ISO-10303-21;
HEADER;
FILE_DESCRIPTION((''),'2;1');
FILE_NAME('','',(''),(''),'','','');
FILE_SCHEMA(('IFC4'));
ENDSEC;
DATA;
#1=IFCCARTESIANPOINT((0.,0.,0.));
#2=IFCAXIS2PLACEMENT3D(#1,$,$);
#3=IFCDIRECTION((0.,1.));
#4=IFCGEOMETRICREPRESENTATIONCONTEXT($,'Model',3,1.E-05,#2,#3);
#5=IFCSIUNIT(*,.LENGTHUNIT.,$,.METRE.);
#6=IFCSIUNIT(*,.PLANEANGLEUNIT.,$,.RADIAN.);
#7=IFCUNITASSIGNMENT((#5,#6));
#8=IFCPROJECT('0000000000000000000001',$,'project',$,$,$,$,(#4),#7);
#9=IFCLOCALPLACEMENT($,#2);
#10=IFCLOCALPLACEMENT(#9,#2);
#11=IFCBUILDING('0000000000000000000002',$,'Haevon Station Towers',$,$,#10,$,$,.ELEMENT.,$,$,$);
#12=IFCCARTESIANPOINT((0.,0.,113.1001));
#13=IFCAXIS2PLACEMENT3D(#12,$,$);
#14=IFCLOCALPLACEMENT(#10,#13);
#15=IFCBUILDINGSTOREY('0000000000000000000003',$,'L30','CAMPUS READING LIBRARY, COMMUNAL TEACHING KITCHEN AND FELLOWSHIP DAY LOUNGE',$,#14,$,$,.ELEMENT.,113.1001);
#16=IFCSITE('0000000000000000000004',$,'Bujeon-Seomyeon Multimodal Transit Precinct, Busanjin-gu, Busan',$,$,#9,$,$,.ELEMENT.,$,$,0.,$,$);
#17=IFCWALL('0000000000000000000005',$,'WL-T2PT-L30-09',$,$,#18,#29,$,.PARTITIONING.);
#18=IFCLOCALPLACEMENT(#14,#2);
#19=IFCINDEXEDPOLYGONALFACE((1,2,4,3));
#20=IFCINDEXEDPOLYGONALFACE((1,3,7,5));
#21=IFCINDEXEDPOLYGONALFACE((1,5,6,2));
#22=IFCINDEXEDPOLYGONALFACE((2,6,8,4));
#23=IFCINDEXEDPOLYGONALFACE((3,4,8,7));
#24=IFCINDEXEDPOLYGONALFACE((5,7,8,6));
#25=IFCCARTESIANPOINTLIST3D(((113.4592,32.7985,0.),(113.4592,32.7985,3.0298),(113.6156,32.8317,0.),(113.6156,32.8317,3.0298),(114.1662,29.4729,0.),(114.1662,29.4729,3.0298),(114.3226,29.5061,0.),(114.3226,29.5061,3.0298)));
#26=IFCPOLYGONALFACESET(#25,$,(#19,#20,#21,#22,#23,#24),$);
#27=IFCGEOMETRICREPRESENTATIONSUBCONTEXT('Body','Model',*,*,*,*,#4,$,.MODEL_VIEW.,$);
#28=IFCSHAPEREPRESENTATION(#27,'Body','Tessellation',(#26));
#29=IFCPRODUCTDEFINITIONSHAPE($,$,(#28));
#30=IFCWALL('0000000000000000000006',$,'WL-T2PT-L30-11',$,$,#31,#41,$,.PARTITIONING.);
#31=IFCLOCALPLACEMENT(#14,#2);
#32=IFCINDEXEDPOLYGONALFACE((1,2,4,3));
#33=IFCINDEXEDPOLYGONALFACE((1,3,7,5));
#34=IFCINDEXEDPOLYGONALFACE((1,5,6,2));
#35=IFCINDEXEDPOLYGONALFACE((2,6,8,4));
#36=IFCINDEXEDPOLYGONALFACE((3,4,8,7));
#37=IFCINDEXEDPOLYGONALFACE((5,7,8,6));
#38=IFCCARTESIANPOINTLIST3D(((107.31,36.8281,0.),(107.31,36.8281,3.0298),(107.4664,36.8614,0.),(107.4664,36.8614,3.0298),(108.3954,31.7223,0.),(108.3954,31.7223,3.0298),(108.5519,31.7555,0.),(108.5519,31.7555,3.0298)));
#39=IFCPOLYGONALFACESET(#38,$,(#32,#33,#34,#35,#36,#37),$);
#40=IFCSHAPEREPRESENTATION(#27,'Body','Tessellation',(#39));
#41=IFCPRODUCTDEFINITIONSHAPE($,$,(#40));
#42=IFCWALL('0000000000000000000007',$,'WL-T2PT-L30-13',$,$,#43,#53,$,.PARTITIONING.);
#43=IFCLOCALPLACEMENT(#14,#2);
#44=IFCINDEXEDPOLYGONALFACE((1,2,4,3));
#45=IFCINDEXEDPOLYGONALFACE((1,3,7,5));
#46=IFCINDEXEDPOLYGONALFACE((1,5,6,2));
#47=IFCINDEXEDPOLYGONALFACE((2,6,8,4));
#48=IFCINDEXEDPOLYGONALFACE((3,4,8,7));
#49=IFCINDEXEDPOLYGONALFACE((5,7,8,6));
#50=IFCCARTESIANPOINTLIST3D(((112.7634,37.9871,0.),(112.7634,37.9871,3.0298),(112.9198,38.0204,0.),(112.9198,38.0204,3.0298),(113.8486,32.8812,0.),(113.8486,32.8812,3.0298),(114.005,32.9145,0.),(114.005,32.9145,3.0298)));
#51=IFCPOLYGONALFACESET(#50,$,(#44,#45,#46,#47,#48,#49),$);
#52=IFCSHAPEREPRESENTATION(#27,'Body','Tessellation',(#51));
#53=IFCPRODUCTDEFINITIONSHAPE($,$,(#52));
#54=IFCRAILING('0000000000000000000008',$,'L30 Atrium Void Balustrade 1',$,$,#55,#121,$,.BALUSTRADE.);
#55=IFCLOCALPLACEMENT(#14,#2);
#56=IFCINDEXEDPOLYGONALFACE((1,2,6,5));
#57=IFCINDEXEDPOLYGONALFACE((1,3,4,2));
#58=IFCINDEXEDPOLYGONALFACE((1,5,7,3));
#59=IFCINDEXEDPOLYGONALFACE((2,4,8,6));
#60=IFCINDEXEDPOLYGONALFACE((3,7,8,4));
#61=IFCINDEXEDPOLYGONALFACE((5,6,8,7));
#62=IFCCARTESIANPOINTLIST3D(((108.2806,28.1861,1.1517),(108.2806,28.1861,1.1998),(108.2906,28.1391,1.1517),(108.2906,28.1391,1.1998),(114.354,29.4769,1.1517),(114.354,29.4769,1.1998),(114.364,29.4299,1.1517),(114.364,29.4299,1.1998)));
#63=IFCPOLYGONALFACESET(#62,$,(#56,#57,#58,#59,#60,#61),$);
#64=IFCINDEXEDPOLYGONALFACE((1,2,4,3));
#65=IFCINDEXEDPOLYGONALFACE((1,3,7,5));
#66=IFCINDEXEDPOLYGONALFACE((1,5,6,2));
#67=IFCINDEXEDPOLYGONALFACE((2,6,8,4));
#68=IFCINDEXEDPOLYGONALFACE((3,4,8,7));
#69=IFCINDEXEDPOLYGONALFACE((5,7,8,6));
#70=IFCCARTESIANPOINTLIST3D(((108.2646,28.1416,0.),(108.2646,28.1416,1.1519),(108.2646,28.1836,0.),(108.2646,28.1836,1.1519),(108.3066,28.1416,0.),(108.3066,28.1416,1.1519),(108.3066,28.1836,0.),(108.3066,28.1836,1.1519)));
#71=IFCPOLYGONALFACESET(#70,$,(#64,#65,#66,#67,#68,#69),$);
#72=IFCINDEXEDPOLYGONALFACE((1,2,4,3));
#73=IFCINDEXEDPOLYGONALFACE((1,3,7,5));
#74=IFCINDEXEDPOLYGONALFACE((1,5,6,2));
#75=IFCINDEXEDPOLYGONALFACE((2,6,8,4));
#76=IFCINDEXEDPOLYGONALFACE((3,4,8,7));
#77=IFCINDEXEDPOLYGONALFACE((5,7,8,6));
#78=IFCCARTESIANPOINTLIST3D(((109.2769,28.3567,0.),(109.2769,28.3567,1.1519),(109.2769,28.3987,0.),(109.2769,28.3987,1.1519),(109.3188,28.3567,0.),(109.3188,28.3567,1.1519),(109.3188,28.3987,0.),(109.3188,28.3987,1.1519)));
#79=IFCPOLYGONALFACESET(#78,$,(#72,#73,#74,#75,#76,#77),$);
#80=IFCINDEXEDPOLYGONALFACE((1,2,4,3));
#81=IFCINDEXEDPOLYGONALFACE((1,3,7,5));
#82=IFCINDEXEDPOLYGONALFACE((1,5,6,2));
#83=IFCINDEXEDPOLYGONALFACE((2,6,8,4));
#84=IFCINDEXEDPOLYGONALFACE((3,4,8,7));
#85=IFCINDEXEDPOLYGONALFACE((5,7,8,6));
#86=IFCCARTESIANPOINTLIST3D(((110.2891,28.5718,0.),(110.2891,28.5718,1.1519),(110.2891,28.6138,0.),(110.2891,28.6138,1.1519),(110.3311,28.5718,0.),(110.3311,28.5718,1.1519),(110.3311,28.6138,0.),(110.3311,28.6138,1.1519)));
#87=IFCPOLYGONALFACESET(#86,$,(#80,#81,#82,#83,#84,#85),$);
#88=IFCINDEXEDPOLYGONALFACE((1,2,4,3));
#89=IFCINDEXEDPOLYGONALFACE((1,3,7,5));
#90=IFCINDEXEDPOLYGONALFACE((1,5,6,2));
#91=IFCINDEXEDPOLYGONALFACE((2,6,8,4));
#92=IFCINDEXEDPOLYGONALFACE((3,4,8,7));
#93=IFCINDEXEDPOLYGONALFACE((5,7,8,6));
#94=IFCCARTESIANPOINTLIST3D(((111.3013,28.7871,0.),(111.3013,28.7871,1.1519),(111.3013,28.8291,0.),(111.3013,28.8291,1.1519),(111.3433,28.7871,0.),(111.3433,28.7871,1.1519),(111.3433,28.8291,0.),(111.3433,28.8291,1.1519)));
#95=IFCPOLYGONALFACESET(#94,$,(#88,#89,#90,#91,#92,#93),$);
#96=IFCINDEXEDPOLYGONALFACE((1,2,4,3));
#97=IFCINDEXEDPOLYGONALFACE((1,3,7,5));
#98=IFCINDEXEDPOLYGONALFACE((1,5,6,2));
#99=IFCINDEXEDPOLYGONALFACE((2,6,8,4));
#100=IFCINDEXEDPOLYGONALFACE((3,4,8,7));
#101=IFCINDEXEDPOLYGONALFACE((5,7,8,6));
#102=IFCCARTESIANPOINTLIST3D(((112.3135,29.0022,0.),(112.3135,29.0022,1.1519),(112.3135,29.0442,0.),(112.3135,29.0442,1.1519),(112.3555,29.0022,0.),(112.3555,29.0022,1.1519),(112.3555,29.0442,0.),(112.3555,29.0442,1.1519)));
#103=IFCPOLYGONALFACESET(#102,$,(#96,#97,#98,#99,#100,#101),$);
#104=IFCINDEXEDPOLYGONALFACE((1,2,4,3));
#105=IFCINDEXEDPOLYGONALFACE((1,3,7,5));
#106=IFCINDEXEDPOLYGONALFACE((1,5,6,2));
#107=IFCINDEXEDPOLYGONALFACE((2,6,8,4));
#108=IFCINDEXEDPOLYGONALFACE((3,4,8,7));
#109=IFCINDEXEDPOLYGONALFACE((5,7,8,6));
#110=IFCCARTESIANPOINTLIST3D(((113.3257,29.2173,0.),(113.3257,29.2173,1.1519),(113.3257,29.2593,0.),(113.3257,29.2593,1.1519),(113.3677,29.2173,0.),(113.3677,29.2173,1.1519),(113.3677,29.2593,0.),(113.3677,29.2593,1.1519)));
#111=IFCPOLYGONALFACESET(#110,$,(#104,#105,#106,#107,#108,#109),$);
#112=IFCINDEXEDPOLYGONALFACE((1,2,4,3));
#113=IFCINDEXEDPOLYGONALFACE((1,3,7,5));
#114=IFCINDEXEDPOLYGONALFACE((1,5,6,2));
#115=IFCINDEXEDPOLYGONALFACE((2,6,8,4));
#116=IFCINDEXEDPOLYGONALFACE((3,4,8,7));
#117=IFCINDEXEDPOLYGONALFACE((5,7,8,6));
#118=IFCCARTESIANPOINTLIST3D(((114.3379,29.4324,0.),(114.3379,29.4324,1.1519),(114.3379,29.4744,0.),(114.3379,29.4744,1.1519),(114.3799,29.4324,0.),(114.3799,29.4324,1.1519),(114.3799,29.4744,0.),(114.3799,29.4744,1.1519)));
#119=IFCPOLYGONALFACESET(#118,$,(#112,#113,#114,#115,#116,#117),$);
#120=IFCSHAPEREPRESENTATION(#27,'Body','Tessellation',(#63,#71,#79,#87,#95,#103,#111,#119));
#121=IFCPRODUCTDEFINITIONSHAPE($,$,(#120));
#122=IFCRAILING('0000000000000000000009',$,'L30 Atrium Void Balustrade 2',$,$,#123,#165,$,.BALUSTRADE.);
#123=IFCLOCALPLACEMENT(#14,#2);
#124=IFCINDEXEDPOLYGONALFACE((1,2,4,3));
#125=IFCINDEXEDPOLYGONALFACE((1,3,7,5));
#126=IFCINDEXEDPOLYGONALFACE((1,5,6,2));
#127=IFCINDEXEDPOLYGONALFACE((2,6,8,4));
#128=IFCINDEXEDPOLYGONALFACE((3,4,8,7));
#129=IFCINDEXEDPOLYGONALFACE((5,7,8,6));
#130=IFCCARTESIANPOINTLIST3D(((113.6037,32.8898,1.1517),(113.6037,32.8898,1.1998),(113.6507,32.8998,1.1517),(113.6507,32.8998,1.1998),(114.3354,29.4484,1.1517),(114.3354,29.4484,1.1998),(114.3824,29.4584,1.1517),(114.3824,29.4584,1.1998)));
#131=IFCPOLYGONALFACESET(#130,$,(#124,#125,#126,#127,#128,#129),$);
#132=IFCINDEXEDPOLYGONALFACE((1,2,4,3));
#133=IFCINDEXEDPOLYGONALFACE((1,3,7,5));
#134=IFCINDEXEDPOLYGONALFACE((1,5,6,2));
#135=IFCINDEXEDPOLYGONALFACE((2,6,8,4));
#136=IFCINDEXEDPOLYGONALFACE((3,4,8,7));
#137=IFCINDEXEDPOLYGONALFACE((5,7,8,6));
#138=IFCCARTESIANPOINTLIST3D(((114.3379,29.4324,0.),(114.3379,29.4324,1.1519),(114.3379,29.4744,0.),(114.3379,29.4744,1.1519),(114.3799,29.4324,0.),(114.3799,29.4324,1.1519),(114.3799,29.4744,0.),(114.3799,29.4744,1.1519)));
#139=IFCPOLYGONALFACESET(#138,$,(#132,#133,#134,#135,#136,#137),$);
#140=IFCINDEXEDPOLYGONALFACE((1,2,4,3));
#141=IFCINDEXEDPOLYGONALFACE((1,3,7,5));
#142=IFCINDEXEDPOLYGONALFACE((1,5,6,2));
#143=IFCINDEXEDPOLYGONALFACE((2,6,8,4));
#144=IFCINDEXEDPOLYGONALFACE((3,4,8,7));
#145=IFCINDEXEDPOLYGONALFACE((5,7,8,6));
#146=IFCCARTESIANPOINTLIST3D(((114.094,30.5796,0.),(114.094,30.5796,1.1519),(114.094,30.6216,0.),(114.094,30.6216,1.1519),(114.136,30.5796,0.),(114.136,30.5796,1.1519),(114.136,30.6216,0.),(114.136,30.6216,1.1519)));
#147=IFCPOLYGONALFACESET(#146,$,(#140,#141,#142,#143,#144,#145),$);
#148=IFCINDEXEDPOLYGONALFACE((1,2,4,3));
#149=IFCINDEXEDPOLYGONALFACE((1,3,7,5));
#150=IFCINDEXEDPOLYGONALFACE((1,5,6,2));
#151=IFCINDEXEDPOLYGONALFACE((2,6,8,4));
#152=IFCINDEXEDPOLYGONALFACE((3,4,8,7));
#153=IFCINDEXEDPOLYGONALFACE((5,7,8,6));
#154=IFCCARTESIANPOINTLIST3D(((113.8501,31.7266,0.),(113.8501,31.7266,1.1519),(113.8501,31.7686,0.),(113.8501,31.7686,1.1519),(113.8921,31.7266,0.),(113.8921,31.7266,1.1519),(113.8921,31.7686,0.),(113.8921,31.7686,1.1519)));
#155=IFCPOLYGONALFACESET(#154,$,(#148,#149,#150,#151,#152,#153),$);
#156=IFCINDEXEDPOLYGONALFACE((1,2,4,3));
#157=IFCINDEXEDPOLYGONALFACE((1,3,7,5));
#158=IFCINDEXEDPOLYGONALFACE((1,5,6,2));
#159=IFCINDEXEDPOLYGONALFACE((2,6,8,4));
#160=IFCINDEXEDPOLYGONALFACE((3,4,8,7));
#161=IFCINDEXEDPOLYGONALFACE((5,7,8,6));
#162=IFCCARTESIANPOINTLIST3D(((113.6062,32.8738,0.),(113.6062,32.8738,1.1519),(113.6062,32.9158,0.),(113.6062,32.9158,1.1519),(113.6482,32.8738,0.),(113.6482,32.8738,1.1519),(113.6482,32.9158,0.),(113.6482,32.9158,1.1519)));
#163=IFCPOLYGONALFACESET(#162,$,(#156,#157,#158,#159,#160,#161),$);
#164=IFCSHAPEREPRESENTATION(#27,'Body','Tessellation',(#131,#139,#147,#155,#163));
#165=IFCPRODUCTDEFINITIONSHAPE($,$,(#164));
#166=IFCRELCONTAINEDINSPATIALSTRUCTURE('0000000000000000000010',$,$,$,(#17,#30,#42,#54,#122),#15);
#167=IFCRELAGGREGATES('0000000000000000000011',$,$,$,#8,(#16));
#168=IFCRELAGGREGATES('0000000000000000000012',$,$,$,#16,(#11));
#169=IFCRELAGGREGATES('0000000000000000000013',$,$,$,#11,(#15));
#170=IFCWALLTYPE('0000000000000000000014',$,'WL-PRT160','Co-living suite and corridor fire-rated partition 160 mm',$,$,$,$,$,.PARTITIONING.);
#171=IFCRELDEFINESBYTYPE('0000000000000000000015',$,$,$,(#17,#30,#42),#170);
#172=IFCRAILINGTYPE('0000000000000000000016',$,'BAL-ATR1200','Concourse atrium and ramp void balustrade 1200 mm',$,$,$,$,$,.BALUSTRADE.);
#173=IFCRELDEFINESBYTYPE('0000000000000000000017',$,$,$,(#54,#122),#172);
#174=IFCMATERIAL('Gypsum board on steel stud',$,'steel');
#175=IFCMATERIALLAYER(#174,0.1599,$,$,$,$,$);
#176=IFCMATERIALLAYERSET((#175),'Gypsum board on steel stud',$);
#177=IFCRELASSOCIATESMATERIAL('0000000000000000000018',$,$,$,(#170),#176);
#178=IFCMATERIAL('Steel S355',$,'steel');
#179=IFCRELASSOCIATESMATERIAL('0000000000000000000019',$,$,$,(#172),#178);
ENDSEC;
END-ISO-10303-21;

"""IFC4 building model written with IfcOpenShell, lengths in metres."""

from ifc_helpers import new_model, si_unit, direction, frame, frame_2d, origin, origin_2d, place, context, subcontext, project, spatial, rectangle, extrude, material, layer, layer_set, type_object, element, save


model = new_model("IFC4")

# Units and contexts
model_context = context("Model", 3, precision=1e-05, world=origin(), true_north=direction((0.0, 1.0)))
body_context = subcontext(model_context, "Body", "Model", "MODEL_VIEW")
ifc_project = project(units=[si_unit("LENGTHUNIT", "METRE"), si_unit("PLANEANGLEUNIT", "RADIAN")], contexts=[model_context])

# Site, building, storey
site_placement = place(None, origin())
site = spatial("IfcSite", under=ifc_project, at=site_placement, Name="Bujeon-Seomyeon Multimodal Transit Precinct, Busanjin-gu, Busan", CompositionType="ELEMENT", RefElevation=0.0)
building_placement = place(site_placement, origin())
building = spatial("IfcBuilding", under=site, at=building_placement, Name="Haevon Station Towers", CompositionType="ELEMENT")
storey_placement = place(building_placement, frame((0.0, 0.0, 113.1001)))
storey = spatial("IfcBuildingStorey", under=building, at=storey_placement, Name="L30", Description="CAMPUS READING LIBRARY, COMMUNAL TEACHING KITCHEN AND FELLOWSHIP DAY LOUNGE", CompositionType="ELEMENT", Elevation=113.1001)

# Shared definitions
ifc_material_1 = material(Name="Steel S355", Category="steel")

# Shared definitions
ifc_material_2 = material(Name="Gypsum board on steel stud", Category="steel")

# Walls
ifc_layer_1 = layer(ifc_material_2, 0.1599)
ifc_layer_set_1 = layer_set([ifc_layer_1], Name="Gypsum board on steel stud")
wall_type_1 = type_object("IfcWallType", Name="WL-PRT160", Description="Co-living suite and corridor fire-rated partition 160 mm", PredefinedType="PARTITIONING", material=ifc_layer_set_1)
for number, where, z_axis, x_axis, name in (
    (1, (114.2444, 29.4895, 0.0), (0.0, 0.0, 1.0), (-0.20795, 0.97814, 0.0), "WL-T2PT-L30-09"),
):
    element("IfcWall", number, at=place(storey_placement, frame(where, z_axis=z_axis, x_axis=x_axis)), inside=storey, type_object=wall_type_1, Name=name, PredefinedType="PARTITIONING", context=body_context, shape_type="SweptSolid", body=[
        extrude(rectangle(XDim=3.3999, YDim=0.1599, at=frame_2d((1.7, 0.0))), origin(), (0.0, 0.0, 1.0), 3.0298),
    ])
for number, where, z_axis, x_axis, name in (
    (2, (108.4736, 31.739, 0.0), (0.0, 0.0, 1.0), (-0.207938, 0.978142, 0.0), "WL-T2PT-L30-11"),
    (3, (113.9268, 32.8979, 0.0), (0.0, 0.0, 1.0), (-0.207893, 0.978151, 0.0), "WL-T2PT-L30-13"),
):
    element("IfcWall", number, at=place(storey_placement, frame(where, z_axis=z_axis, x_axis=x_axis)), inside=storey, type_object=wall_type_1, Name=name, PredefinedType="PARTITIONING", context=body_context, shape_type="SweptSolid", body=[
        extrude(rectangle(XDim=5.22, YDim=0.1599, at=frame_2d((2.6099, 0.0))), origin(), (0.0, 0.0, 1.0), 3.0298),
    ])

# Railings
railing_type = type_object("IfcRailingType", Name="BAL-ATR1200", Description="Concourse atrium and ramp void balustrade 1200 mm", PredefinedType="BALUSTRADE", material=ifc_material_1)
railing_1_placement = place(storey_placement, frame((108.2856, 28.1626, 0.0)))
element("IfcRailing", 4, at=railing_1_placement, inside=storey, type_object=railing_type, Name="L30 Atrium Void Balustrade 1", PredefinedType="BALUSTRADE", context=body_context, shape_type="SweptSolid", body=[
    extrude(rectangle(XDim=0.0481, YDim=0.0481, at=origin_2d()), frame((0.0, 0.0, 1.1758), z_axis=(0.978152, 0.207891, 0.0), x_axis=(-0.207891, 0.978152, 0.0)), (0.0, 0.0, 1.0), 6.209),
    extrude(rectangle(XDim=0.042, YDim=0.042, at=origin_2d()), origin(), (0.0, 0.0, 1.0), 1.1519),
    extrude(rectangle(XDim=0.042, YDim=0.042, at=origin_2d()), frame((1.0122, 0.2151, 0.0)), (0.0, 0.0, 1.0), 1.1519),
    extrude(rectangle(XDim=0.042, YDim=0.042, at=origin_2d()), frame((2.0244, 0.4302, 0.0)), (0.0, 0.0, 1.0), 1.1519),
    extrude(rectangle(XDim=0.042, YDim=0.042, at=origin_2d()), frame((3.0366, 0.6455, 0.0)), (0.0, 0.0, 1.0), 1.1519),
    extrude(rectangle(XDim=0.042, YDim=0.042, at=origin_2d()), frame((4.0488, 0.8606, 0.0)), (0.0, 0.0, 1.0), 1.1519),
    extrude(rectangle(XDim=0.042, YDim=0.042, at=origin_2d()), frame((5.061, 1.0757, 0.0)), (0.0, 0.0, 1.0), 1.1519),
    extrude(rectangle(XDim=0.042, YDim=0.042, at=origin_2d()), frame((6.0732, 1.2908, 0.0)), (0.0, 0.0, 1.0), 1.1519),
])
railing_2_placement = place(storey_placement, frame((114.3589, 29.4534, 0.0)))
element("IfcRailing", 5, at=railing_2_placement, inside=storey, type_object=railing_type, Name="L30 Atrium Void Balustrade 2", PredefinedType="BALUSTRADE", context=body_context, shape_type="SweptSolid", body=[
    extrude(rectangle(XDim=0.0481, YDim=0.0481, at=origin_2d()), frame((0.0, 0.0, 1.1758), z_axis=(-0.207965, 0.978136, 0.0), x_axis=(-0.978136, -0.207965, 0.0)), (0.0, 0.0, 1.0), 3.5183),
    extrude(rectangle(XDim=0.042, YDim=0.042, at=origin_2d()), origin(), (0.0, 0.0, 1.0), 1.1519),
    extrude(rectangle(XDim=0.042, YDim=0.042, at=origin_2d()), frame((-0.2439, 1.1472, 0.0)), (0.0, 0.0, 1.0), 1.1519),
    extrude(rectangle(XDim=0.042, YDim=0.042, at=origin_2d()), frame((-0.4878, 2.2942, 0.0)), (0.0, 0.0, 1.0), 1.1519),
    extrude(rectangle(XDim=0.042, YDim=0.042, at=origin_2d()), frame((-0.7317, 3.4414, 0.0)), (0.0, 0.0, 1.0), 1.1519),
])

save(model, "model.ifc")
